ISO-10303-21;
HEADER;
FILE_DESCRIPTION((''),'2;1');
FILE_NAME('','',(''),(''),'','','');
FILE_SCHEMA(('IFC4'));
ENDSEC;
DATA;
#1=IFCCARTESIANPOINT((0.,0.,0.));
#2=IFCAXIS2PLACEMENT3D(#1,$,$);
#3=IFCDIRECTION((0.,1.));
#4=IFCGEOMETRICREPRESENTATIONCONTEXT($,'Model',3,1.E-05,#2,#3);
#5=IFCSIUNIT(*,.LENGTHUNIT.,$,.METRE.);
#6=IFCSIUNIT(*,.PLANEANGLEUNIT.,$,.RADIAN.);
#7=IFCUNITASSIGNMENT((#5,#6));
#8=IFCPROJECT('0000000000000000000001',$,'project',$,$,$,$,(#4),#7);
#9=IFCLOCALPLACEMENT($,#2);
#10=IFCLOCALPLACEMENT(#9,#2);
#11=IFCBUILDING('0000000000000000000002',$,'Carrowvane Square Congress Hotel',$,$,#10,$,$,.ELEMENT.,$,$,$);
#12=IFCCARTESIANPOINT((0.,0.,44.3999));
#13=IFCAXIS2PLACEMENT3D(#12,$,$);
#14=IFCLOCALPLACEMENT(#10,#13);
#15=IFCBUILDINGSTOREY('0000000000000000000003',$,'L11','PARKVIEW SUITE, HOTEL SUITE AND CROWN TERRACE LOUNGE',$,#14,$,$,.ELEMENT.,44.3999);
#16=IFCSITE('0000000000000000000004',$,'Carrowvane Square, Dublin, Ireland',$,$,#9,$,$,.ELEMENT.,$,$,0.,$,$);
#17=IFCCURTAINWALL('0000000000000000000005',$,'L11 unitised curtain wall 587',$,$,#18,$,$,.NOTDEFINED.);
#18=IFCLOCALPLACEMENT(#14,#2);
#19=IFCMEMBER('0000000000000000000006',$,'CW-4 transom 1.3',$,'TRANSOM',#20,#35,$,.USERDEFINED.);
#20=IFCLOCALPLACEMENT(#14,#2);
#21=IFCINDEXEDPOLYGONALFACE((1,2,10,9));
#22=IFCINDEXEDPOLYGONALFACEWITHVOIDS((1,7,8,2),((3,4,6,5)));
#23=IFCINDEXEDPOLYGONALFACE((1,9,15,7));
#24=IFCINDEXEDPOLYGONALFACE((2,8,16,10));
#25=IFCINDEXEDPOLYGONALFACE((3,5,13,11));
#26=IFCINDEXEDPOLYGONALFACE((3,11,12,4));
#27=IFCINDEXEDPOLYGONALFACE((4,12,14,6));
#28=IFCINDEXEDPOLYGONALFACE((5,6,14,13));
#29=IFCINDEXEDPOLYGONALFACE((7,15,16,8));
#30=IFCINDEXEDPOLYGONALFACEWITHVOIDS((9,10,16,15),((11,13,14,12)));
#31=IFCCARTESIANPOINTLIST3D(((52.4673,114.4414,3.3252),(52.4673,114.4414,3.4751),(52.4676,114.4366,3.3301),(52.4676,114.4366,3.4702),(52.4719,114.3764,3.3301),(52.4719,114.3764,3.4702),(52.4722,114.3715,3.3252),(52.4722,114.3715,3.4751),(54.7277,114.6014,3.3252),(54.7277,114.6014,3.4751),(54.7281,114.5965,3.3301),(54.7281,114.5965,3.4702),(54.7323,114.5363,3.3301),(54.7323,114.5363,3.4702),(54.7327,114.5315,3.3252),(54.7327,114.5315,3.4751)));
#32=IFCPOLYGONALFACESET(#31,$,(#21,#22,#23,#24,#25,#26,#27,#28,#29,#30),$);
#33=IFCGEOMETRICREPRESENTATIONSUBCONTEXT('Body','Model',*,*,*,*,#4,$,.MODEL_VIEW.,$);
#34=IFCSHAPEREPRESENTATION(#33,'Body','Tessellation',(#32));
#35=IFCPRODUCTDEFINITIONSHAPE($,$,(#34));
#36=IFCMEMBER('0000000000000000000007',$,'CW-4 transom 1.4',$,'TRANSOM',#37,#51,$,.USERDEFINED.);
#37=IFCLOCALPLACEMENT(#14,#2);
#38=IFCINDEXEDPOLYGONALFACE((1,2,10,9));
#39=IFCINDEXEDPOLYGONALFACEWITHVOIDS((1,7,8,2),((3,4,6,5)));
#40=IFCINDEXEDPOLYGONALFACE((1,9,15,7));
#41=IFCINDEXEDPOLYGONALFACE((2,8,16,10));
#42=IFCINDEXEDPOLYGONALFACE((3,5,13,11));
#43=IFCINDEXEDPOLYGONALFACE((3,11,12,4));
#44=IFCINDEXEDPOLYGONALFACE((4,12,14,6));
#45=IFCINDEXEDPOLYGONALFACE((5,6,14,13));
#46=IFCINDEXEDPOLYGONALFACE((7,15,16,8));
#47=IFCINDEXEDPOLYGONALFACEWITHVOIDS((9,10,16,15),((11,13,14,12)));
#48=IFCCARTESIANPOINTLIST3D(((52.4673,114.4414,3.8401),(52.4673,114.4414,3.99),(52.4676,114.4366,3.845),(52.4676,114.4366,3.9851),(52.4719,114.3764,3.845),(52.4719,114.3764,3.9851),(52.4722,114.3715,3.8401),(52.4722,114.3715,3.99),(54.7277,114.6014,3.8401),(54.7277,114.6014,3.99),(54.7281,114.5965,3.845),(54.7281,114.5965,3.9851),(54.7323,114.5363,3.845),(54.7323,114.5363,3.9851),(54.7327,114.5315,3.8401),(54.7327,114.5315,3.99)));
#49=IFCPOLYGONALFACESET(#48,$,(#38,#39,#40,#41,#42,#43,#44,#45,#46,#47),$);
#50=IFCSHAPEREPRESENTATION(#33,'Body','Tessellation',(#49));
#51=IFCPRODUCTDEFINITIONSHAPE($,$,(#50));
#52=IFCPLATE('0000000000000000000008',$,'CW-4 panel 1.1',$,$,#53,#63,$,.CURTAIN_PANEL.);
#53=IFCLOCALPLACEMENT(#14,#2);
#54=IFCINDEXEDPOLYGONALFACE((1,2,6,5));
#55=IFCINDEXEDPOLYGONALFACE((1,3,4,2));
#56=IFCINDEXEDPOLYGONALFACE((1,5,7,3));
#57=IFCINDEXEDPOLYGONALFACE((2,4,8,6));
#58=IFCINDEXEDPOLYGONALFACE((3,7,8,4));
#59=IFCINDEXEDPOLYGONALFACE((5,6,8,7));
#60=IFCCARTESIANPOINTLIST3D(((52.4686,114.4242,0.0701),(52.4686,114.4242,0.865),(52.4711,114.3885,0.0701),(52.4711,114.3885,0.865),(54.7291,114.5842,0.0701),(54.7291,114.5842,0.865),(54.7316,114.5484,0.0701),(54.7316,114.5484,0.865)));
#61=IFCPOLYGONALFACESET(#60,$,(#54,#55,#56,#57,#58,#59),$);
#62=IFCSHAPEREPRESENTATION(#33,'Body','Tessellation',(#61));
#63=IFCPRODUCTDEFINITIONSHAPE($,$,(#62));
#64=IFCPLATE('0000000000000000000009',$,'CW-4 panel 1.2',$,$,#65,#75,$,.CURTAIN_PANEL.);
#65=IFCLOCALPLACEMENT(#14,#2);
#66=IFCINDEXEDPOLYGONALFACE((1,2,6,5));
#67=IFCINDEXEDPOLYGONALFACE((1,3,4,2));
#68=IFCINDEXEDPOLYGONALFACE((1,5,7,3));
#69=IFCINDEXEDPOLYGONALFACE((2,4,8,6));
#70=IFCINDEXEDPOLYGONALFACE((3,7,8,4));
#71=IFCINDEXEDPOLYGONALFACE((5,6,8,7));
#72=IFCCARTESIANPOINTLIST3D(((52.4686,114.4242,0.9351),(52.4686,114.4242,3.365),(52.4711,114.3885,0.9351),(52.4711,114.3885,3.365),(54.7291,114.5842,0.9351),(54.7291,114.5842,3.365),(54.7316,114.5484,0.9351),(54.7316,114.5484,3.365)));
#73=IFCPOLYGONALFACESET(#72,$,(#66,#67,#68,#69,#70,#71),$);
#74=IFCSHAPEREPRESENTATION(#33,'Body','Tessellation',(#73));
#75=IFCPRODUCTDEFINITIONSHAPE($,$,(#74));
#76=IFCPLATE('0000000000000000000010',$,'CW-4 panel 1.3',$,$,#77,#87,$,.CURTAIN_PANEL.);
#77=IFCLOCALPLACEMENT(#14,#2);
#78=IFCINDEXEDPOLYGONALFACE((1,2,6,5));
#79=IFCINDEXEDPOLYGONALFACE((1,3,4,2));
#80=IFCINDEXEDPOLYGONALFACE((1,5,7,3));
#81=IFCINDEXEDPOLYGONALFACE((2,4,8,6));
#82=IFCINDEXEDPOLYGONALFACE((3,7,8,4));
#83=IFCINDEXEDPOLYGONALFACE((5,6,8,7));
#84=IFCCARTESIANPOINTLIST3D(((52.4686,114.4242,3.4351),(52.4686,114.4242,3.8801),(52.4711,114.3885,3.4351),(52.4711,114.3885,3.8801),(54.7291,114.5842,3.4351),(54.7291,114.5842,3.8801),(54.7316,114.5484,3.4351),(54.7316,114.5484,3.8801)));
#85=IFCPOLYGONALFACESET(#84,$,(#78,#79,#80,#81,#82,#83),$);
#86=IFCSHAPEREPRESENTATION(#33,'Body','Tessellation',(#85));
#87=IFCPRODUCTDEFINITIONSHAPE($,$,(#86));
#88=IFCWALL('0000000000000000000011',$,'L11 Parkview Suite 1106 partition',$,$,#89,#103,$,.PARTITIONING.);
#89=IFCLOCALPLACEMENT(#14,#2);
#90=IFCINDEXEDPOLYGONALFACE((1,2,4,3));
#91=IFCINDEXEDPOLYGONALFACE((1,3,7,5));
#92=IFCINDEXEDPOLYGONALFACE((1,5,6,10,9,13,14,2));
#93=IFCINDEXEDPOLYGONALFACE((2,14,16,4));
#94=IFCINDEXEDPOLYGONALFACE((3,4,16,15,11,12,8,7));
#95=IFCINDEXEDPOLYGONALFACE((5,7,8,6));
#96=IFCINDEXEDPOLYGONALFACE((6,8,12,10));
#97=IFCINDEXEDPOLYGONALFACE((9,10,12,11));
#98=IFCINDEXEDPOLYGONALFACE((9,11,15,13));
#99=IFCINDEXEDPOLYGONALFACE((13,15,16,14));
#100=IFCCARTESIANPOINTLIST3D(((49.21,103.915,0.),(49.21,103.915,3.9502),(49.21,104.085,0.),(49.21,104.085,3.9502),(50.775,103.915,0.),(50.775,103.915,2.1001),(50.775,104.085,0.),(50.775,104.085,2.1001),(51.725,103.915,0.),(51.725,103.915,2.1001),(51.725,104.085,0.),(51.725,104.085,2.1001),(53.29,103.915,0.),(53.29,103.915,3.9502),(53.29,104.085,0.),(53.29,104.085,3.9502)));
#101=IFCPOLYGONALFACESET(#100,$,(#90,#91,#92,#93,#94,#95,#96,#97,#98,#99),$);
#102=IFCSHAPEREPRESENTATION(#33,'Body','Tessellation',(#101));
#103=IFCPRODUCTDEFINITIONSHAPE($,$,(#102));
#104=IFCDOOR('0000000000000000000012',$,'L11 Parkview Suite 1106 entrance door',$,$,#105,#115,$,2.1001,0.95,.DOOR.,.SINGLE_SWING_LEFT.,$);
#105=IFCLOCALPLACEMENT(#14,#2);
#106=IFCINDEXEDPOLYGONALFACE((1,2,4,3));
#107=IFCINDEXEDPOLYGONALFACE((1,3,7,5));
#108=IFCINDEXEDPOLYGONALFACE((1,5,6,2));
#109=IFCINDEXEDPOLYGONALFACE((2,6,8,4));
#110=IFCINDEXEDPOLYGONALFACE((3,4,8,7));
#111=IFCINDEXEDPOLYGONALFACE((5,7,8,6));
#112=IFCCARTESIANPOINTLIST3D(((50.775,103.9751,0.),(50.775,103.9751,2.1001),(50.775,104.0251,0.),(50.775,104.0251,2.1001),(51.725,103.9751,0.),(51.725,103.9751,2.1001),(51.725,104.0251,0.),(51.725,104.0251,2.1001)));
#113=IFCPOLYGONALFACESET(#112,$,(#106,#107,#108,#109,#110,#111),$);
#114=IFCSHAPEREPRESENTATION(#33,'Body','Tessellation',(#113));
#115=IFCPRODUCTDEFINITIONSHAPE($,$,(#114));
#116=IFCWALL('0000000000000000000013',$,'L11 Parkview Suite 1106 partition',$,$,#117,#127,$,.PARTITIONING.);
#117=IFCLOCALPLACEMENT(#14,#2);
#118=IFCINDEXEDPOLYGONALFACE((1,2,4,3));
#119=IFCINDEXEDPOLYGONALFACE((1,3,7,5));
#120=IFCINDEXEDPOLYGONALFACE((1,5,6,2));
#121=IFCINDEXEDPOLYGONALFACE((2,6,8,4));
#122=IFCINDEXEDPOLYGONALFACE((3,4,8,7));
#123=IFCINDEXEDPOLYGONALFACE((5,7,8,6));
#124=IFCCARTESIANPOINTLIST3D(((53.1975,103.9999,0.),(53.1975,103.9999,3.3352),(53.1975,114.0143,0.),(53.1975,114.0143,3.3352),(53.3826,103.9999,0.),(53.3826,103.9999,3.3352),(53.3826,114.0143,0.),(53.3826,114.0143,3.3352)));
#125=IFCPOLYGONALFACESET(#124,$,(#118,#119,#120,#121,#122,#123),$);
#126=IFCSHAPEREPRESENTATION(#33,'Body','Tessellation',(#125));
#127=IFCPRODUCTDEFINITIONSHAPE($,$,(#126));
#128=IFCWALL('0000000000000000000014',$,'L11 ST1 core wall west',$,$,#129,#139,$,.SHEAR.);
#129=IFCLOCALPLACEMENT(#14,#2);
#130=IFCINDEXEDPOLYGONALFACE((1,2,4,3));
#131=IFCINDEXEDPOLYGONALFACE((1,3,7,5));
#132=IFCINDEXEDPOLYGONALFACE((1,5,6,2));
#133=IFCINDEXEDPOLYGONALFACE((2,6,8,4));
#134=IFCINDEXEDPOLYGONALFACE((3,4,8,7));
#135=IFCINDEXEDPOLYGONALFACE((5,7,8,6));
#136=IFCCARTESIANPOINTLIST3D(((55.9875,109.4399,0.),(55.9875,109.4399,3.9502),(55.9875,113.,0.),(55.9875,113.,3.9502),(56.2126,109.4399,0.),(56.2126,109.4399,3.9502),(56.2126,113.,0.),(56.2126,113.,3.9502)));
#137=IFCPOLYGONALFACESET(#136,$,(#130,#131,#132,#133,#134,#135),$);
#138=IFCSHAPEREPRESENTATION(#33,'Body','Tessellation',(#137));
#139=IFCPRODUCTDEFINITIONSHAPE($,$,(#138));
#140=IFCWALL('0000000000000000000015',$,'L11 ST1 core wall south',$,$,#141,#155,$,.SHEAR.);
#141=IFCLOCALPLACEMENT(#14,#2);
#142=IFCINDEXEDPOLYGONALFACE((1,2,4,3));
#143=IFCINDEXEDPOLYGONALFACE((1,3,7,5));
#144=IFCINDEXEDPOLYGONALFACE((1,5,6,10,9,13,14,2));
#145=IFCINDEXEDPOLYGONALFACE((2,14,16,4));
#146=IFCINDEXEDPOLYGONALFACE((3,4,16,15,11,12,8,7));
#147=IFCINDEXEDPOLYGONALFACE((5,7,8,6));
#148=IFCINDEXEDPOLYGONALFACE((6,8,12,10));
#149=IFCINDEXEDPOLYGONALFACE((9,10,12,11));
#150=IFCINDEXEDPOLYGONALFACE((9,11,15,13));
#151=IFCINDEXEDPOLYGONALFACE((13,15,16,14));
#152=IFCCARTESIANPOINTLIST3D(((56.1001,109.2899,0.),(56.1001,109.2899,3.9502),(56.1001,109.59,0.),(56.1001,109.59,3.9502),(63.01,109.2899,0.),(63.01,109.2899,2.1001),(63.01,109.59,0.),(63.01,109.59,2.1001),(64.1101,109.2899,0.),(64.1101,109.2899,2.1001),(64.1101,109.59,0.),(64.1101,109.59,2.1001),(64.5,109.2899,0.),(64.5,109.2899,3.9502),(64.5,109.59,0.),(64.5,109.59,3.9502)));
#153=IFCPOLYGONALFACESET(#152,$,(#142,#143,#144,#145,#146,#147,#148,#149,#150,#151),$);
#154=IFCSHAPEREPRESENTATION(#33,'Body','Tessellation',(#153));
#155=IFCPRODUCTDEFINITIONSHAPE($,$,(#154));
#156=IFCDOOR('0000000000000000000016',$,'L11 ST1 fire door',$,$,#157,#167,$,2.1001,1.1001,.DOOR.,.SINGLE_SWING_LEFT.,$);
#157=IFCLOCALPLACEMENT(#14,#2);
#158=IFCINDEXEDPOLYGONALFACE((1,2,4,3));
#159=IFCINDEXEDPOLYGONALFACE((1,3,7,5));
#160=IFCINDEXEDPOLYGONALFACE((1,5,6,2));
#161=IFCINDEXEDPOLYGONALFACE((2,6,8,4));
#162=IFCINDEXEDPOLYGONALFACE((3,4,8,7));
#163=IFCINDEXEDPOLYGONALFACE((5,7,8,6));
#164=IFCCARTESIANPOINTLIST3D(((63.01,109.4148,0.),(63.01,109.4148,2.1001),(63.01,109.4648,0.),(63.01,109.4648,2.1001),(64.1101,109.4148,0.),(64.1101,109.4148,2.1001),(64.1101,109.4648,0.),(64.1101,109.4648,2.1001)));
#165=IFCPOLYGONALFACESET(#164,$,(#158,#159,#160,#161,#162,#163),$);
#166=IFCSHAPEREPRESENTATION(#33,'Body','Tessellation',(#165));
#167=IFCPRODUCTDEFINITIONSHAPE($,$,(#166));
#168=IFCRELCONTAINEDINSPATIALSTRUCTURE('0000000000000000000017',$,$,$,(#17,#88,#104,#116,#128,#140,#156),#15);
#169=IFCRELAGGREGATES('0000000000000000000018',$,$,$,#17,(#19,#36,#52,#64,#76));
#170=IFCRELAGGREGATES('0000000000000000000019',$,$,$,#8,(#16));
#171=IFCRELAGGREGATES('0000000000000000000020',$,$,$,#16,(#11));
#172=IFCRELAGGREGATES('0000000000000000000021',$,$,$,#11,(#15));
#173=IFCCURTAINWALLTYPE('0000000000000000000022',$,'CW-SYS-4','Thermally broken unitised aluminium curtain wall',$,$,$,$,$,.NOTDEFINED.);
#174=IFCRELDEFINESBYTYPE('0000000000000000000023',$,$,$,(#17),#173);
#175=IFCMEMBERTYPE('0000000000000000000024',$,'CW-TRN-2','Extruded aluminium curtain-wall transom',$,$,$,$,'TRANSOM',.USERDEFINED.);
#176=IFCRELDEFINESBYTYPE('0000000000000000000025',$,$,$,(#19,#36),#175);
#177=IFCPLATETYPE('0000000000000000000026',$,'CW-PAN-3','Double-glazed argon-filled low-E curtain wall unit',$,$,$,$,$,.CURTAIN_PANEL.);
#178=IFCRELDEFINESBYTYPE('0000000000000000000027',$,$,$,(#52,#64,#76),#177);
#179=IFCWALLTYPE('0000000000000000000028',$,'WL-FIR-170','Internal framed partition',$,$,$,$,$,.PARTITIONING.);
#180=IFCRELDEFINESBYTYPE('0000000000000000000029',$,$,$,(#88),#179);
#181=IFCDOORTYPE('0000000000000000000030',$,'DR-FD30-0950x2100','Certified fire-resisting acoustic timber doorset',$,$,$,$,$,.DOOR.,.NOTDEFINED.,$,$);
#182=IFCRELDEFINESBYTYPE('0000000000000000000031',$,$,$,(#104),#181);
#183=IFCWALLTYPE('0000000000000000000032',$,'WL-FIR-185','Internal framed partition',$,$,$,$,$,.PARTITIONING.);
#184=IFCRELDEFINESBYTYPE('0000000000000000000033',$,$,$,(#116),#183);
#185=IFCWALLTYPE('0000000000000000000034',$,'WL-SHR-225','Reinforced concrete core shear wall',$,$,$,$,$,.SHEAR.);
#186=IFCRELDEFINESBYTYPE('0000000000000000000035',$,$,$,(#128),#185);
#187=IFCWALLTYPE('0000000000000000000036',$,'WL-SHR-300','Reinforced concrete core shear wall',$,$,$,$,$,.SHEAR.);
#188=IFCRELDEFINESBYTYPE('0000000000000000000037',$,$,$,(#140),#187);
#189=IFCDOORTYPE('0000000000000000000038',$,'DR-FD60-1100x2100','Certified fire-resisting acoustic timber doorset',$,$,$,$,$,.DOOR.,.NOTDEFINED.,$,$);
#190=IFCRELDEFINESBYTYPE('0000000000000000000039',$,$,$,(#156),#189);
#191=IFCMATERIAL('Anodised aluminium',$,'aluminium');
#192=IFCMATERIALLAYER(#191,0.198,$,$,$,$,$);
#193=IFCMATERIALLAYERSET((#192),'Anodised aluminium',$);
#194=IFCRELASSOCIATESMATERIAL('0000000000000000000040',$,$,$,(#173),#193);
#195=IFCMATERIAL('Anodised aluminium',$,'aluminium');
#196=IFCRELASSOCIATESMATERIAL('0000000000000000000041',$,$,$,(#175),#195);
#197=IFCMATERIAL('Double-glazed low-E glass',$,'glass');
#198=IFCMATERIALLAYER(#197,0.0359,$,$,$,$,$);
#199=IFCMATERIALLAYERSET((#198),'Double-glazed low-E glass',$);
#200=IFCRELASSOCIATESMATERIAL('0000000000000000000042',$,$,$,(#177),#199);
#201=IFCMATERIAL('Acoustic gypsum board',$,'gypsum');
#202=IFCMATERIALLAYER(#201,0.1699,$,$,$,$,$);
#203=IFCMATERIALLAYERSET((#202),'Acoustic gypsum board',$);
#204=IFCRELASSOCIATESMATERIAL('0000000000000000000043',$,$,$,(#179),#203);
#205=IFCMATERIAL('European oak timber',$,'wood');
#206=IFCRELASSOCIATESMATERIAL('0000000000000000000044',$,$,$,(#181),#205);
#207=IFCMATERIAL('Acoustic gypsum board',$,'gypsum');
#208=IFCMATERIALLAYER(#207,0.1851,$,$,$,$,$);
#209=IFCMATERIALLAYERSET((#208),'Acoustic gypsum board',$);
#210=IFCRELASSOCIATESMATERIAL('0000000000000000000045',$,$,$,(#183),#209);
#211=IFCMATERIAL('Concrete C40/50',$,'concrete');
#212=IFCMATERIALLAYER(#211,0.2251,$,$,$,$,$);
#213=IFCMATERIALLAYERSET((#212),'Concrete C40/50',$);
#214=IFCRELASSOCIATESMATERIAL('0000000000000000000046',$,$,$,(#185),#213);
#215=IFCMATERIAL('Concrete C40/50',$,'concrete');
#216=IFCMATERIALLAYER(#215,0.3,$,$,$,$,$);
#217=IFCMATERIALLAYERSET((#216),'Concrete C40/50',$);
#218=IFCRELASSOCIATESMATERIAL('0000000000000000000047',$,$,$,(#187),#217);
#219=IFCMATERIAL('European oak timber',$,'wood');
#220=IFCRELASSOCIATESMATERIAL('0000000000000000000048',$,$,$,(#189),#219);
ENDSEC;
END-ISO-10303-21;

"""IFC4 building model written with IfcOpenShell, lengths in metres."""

from ifc_helpers import new_model, si_unit, direction, frame, frame_2d, origin, origin_2d, place, context, subcontext, project, spatial, rectangle, hollow_rectangle, extrude, material, layer, layer_set, material_profile, profile_set, type_object, element, fill, aggregate, save


model = new_model("IFC4")

# Units and contexts
model_context = context("Model", 3, precision=1e-05, world=origin(), true_north=direction((0.0, 1.0)))
body_context = subcontext(model_context, "Body", "Model", "MODEL_VIEW")
ifc_project = project(units=[si_unit("LENGTHUNIT", "METRE"), si_unit("PLANEANGLEUNIT", "RADIAN")], contexts=[model_context])

# Site, building, storey
site_placement = place(None, origin())
site = spatial("IfcSite", under=ifc_project, at=site_placement, Name="Carrowvane Square, Dublin, Ireland", CompositionType="ELEMENT", RefElevation=0.0)
building_placement = place(site_placement, origin())
building = spatial("IfcBuilding", under=site, at=building_placement, Name="Carrowvane Square Congress Hotel", CompositionType="ELEMENT")
storey_placement = place(building_placement, frame((0.0, 0.0, 44.3999)))
storey = spatial("IfcBuildingStorey", under=building, at=storey_placement, Name="L11", Description="PARKVIEW SUITE, HOTEL SUITE AND CROWN TERRACE LOUNGE", CompositionType="ELEMENT", Elevation=44.3999)

# Curtain wall
ifc_material_1 = material(Name="Anodised aluminium", Category="aluminium")
ifc_layer_1 = layer(ifc_material_1, 0.198)
ifc_layer_set_1 = layer_set([ifc_layer_1], Name="Anodised aluminium")
curtain_wall_type_1 = type_object("IfcCurtainWallType", Name="CW-SYS-4", Description="Thermally broken unitised aluminium curtain wall", PredefinedType="NOTDEFINED", material=ifc_layer_set_1)
curtain_wall_1_placement = place(storey_placement, origin())
curtain_wall_1 = element("IfcCurtainWall", 1, at=curtain_wall_1_placement, inside=storey, type_object=curtain_wall_type_1, Name="L11 unitised curtain wall 587", PredefinedType="NOTDEFINED")

# Members
ifc_material_2 = material(Name="Anodised aluminium", Category="aluminium")
ifc_material_profile_1 = material_profile(ifc_material_2, hollow_rectangle(XDim=0.0701, YDim=0.1499, WallThickness=0.0049, at=origin_2d()), Name="CW-TR 70x150x5")
ifc_profile_set_1 = profile_set([ifc_material_profile_1], Name="Anodised aluminium")
member_type_1 = type_object("IfcMemberType", Name="CW-TRN-2", Description="Extruded aluminium curtain-wall transom", ElementType="TRANSOM", PredefinedType="USERDEFINED", material=ifc_profile_set_1)
member_1_placement = place(storey_placement, frame((52.4697, 114.4065, 3.4001), z_axis=(0.997507, 0.070566, 0.0), x_axis=(-0.070566, 0.997507, 0.0)))
member_1 = element("IfcMember", 2, at=member_1_placement, type_object=member_type_1, Name="CW-4 transom 1.3", ObjectType="TRANSOM", PredefinedType="USERDEFINED", context=body_context, shape_type="SweptSolid", body=[
    extrude(hollow_rectangle(XDim=0.0701, YDim=0.1499, WallThickness=0.0049, at=origin_2d()), origin(), (0.0, 0.0, 1.0), 2.2661),
])
member_2_placement = place(storey_placement, frame((52.4697, 114.4065, 3.915), z_axis=(0.997507, 0.070566, 0.0), x_axis=(-0.070566, 0.997507, 0.0)))
member_2 = element("IfcMember", 3, at=member_2_placement, type_object=member_type_1, Name="CW-4 transom 1.4", ObjectType="TRANSOM", PredefinedType="USERDEFINED", context=body_context, shape_type="SweptSolid", body=[
    extrude(hollow_rectangle(XDim=0.0701, YDim=0.1499, WallThickness=0.0049, at=origin_2d()), origin(), (0.0, 0.0, 1.0), 2.2661),
])

# Plates
ifc_material_3 = material(Name="Double-glazed low-E glass", Category="glass")
ifc_layer_2 = layer(ifc_material_3, 0.0359)
ifc_layer_set_2 = layer_set([ifc_layer_2], Name="Double-glazed low-E glass")
plate_type = type_object("IfcPlateType", Name="CW-PAN-3", Description="Double-glazed argon-filled low-E curtain wall unit", PredefinedType="CURTAIN_PANEL", material=ifc_layer_set_2)
plate_1_placement = place(storey_placement, frame((53.6001, 114.4863, 0.0701), z_axis=(0.0, 0.0, 1.0), x_axis=(0.997506, 0.070586, 0.0)))
plate_1 = element("IfcPlate", 4, at=plate_1_placement, type_object=plate_type, Name="CW-4 panel 1.1", PredefinedType="CURTAIN_PANEL", context=body_context, shape_type="SweptSolid", body=[
    extrude(rectangle(XDim=2.2661, YDim=0.0359, at=origin_2d()), origin(), (0.0, 0.0, 1.0), 0.7949),
])
plate_2_placement = place(storey_placement, frame((53.6001, 114.4863, 0.9351), z_axis=(0.0, 0.0, 1.0), x_axis=(0.997506, 0.070586, 0.0)))
plate_2 = element("IfcPlate", 5, at=plate_2_placement, type_object=plate_type, Name="CW-4 panel 1.2", PredefinedType="CURTAIN_PANEL", context=body_context, shape_type="SweptSolid", body=[
    extrude(rectangle(XDim=2.2661, YDim=0.0359, at=origin_2d()), origin(), (0.0, 0.0, 1.0), 2.4299),
])
plate_3_placement = place(storey_placement, frame((53.6001, 114.4863, 3.4351), z_axis=(0.0, 0.0, 1.0), x_axis=(0.997506, 0.070586, 0.0)))
plate_3 = element("IfcPlate", 6, at=plate_3_placement, type_object=plate_type, Name="CW-4 panel 1.3", PredefinedType="CURTAIN_PANEL", context=body_context, shape_type="SweptSolid", body=[
    extrude(rectangle(XDim=2.2661, YDim=0.0359, at=origin_2d()), origin(), (0.0, 0.0, 1.0), 0.4451),
])
aggregate(curtain_wall_1, [member_1, member_2, plate_1, plate_2, plate_3])

# Wall, opening, door
ifc_material_4 = material(Name="Acoustic gypsum board", Category="gypsum")
ifc_layer_3 = layer(ifc_material_4, 0.1699)
ifc_layer_set_3 = layer_set([ifc_layer_3], Name="Acoustic gypsum board")
wall_type_1 = type_object("IfcWallType", Name="WL-FIR-170", Description="Internal framed partition", PredefinedType="PARTITIONING", material=ifc_layer_set_3)
wall_1_placement = place(storey_placement, frame((53.29, 104.0, 0.0), z_axis=(0.0, 0.0, 1.0), x_axis=(-1.0, 0.0, 0.0)))
wall_1 = element("IfcWall", 7, at=wall_1_placement, inside=storey, type_object=wall_type_1, Name="L11 Parkview Suite 1106 partition", PredefinedType="PARTITIONING", context=body_context, shape_type="SweptSolid", body=[
    extrude(rectangle(XDim=4.0801, YDim=0.1699, at=frame_2d((2.04, 0.0))), origin(), (0.0, 0.0, 1.0), 3.9502),
])
opening_1_placement = place(wall_1_placement, frame((1.5649, 0.0, 0.0)))
opening_1 = element("IfcOpeningElement", 8, at=opening_1_placement, cuts=wall_1, PredefinedType="OPENING", context=body_context, shape_type="SweptSolid", body=[
    extrude(rectangle(XDim=0.95, YDim=2.1001, at=frame_2d((0.4751, 1.05))), frame((0.0, 0.095, 0.0), z_axis=(0.0, -1.0, 0.0), x_axis=(1.0, 0.0, 0.0)), (0.0, 0.0, 1.0), 0.1899),
])
ifc_material_5 = material(Name="European oak timber", Category="wood")
door_type_1 = type_object("IfcDoorType", Name="DR-FD30-0950x2100", Description="Certified fire-resisting acoustic timber doorset", OperationType="NOTDEFINED", PredefinedType="DOOR", material=ifc_material_5)
door_1_placement = place(opening_1_placement, origin())
door_1 = element("IfcDoor", 9, at=door_1_placement, inside=storey, type_object=door_type_1, Name="L11 Parkview Suite 1106 entrance door", OperationType="SINGLE_SWING_LEFT", OverallHeight=2.1001, OverallWidth=0.95, PredefinedType="DOOR", context=body_context, shape_type="SweptSolid", body=[
    extrude(rectangle(XDim=0.95, YDim=2.1001, at=frame_2d((0.4751, 1.05))), frame((0.0, 0.0249, 0.0), z_axis=(0.0, -1.0, 0.0), x_axis=(1.0, 0.0, 0.0)), (0.0, 0.0, 1.0), 0.05),
])
fill(opening_1, door_1)

# Walls
ifc_material_6 = material(Name="Acoustic gypsum board", Category="gypsum")
ifc_layer_4 = layer(ifc_material_6, 0.1851)
ifc_layer_set_4 = layer_set([ifc_layer_4], Name="Acoustic gypsum board")
wall_type_2 = type_object("IfcWallType", Name="WL-FIR-185", Description="Internal framed partition", PredefinedType="PARTITIONING", material=ifc_layer_set_4)
wall_2_placement = place(storey_placement, frame((53.29, 114.0144, 0.0), z_axis=(0.0, 0.0, 1.0), x_axis=(0.0, -1.0, 0.0)))
element("IfcWall", 10, at=wall_2_placement, inside=storey, type_object=wall_type_2, Name="L11 Parkview Suite 1106 partition", PredefinedType="PARTITIONING", context=body_context, shape_type="SweptSolid", body=[
    extrude(rectangle(XDim=10.0144, YDim=0.1851, at=frame_2d((5.0073, 0.0))), origin(), (0.0, 0.0, 1.0), 3.3352),
])
ifc_material_7 = material(Name="Concrete C40/50", Category="concrete")
ifc_layer_5 = layer(ifc_material_7, 0.2251)
ifc_layer_set_5 = layer_set([ifc_layer_5], Name="Concrete C40/50")
wall_type_3 = type_object("IfcWallType", Name="WL-SHR-225", Description="Reinforced concrete core shear wall", PredefinedType="SHEAR", material=ifc_layer_set_5)
wall_3_placement = place(storey_placement, frame((56.1001, 113.0, 0.0), z_axis=(0.0, 0.0, 1.0), x_axis=(0.0, -1.0, 0.0)))
element("IfcWall", 11, at=wall_3_placement, inside=storey, type_object=wall_type_3, Name="L11 ST1 core wall west", PredefinedType="SHEAR", context=body_context, shape_type="SweptSolid", body=[
    extrude(rectangle(XDim=3.5601, YDim=0.2251, at=frame_2d((1.78, 0.0))), origin(), (0.0, 0.0, 1.0), 3.9502),
])

# Wall, opening, door
ifc_material_8 = material(Name="Concrete C40/50", Category="concrete")
ifc_layer_6 = layer(ifc_material_8, 0.3)
ifc_layer_set_6 = layer_set([ifc_layer_6], Name="Concrete C40/50")
wall_type_4 = type_object("IfcWallType", Name="WL-SHR-300", Description="Reinforced concrete core shear wall", PredefinedType="SHEAR", material=ifc_layer_set_6)
wall_4_placement = place(storey_placement, frame((56.1001, 109.4399, 0.0), z_axis=(0.0, 0.0, 1.0), x_axis=(1.0, 0.0, 0.0)))
wall_4 = element("IfcWall", 12, at=wall_4_placement, inside=storey, type_object=wall_type_4, Name="L11 ST1 core wall south", PredefinedType="SHEAR", context=body_context, shape_type="SweptSolid", body=[
    extrude(rectangle(XDim=8.3999, YDim=0.3, at=frame_2d((4.2, 0.0))), origin(), (0.0, 0.0, 1.0), 3.9502),
])
opening_2_placement = place(wall_4_placement, frame((6.9099, 0.0, 0.0)))
opening_2 = element("IfcOpeningElement", 13, at=opening_2_placement, cuts=wall_4, PredefinedType="OPENING", context=body_context, shape_type="SweptSolid", body=[
    extrude(rectangle(XDim=1.1001, YDim=2.1001, at=frame_2d((0.55, 1.05))), frame((0.0, 0.1599, 0.0), z_axis=(0.0, -1.0, 0.0), x_axis=(1.0, 0.0, 0.0)), (0.0, 0.0, 1.0), 0.3201),
])
ifc_material_9 = material(Name="European oak timber", Category="wood")
door_type_2 = type_object("IfcDoorType", Name="DR-FD60-1100x2100", Description="Certified fire-resisting acoustic timber doorset", OperationType="NOTDEFINED", PredefinedType="DOOR", material=ifc_material_9)
door_2_placement = place(opening_2_placement, origin())
door_2 = element("IfcDoor", 14, at=door_2_placement, inside=storey, type_object=door_type_2, Name="L11 ST1 fire door", OperationType="SINGLE_SWING_LEFT", OverallHeight=2.1001, OverallWidth=1.1001, PredefinedType="DOOR", context=body_context, shape_type="SweptSolid", body=[
    extrude(rectangle(XDim=1.1001, YDim=2.1001, at=frame_2d((0.55, 1.05))), frame((0.0, 0.0249, 0.0), z_axis=(0.0, -1.0, 0.0), x_axis=(1.0, 0.0, 0.0)), (0.0, 0.0, 1.0), 0.05),
])
fill(opening_2, door_2)

save(model, "model.ifc")
